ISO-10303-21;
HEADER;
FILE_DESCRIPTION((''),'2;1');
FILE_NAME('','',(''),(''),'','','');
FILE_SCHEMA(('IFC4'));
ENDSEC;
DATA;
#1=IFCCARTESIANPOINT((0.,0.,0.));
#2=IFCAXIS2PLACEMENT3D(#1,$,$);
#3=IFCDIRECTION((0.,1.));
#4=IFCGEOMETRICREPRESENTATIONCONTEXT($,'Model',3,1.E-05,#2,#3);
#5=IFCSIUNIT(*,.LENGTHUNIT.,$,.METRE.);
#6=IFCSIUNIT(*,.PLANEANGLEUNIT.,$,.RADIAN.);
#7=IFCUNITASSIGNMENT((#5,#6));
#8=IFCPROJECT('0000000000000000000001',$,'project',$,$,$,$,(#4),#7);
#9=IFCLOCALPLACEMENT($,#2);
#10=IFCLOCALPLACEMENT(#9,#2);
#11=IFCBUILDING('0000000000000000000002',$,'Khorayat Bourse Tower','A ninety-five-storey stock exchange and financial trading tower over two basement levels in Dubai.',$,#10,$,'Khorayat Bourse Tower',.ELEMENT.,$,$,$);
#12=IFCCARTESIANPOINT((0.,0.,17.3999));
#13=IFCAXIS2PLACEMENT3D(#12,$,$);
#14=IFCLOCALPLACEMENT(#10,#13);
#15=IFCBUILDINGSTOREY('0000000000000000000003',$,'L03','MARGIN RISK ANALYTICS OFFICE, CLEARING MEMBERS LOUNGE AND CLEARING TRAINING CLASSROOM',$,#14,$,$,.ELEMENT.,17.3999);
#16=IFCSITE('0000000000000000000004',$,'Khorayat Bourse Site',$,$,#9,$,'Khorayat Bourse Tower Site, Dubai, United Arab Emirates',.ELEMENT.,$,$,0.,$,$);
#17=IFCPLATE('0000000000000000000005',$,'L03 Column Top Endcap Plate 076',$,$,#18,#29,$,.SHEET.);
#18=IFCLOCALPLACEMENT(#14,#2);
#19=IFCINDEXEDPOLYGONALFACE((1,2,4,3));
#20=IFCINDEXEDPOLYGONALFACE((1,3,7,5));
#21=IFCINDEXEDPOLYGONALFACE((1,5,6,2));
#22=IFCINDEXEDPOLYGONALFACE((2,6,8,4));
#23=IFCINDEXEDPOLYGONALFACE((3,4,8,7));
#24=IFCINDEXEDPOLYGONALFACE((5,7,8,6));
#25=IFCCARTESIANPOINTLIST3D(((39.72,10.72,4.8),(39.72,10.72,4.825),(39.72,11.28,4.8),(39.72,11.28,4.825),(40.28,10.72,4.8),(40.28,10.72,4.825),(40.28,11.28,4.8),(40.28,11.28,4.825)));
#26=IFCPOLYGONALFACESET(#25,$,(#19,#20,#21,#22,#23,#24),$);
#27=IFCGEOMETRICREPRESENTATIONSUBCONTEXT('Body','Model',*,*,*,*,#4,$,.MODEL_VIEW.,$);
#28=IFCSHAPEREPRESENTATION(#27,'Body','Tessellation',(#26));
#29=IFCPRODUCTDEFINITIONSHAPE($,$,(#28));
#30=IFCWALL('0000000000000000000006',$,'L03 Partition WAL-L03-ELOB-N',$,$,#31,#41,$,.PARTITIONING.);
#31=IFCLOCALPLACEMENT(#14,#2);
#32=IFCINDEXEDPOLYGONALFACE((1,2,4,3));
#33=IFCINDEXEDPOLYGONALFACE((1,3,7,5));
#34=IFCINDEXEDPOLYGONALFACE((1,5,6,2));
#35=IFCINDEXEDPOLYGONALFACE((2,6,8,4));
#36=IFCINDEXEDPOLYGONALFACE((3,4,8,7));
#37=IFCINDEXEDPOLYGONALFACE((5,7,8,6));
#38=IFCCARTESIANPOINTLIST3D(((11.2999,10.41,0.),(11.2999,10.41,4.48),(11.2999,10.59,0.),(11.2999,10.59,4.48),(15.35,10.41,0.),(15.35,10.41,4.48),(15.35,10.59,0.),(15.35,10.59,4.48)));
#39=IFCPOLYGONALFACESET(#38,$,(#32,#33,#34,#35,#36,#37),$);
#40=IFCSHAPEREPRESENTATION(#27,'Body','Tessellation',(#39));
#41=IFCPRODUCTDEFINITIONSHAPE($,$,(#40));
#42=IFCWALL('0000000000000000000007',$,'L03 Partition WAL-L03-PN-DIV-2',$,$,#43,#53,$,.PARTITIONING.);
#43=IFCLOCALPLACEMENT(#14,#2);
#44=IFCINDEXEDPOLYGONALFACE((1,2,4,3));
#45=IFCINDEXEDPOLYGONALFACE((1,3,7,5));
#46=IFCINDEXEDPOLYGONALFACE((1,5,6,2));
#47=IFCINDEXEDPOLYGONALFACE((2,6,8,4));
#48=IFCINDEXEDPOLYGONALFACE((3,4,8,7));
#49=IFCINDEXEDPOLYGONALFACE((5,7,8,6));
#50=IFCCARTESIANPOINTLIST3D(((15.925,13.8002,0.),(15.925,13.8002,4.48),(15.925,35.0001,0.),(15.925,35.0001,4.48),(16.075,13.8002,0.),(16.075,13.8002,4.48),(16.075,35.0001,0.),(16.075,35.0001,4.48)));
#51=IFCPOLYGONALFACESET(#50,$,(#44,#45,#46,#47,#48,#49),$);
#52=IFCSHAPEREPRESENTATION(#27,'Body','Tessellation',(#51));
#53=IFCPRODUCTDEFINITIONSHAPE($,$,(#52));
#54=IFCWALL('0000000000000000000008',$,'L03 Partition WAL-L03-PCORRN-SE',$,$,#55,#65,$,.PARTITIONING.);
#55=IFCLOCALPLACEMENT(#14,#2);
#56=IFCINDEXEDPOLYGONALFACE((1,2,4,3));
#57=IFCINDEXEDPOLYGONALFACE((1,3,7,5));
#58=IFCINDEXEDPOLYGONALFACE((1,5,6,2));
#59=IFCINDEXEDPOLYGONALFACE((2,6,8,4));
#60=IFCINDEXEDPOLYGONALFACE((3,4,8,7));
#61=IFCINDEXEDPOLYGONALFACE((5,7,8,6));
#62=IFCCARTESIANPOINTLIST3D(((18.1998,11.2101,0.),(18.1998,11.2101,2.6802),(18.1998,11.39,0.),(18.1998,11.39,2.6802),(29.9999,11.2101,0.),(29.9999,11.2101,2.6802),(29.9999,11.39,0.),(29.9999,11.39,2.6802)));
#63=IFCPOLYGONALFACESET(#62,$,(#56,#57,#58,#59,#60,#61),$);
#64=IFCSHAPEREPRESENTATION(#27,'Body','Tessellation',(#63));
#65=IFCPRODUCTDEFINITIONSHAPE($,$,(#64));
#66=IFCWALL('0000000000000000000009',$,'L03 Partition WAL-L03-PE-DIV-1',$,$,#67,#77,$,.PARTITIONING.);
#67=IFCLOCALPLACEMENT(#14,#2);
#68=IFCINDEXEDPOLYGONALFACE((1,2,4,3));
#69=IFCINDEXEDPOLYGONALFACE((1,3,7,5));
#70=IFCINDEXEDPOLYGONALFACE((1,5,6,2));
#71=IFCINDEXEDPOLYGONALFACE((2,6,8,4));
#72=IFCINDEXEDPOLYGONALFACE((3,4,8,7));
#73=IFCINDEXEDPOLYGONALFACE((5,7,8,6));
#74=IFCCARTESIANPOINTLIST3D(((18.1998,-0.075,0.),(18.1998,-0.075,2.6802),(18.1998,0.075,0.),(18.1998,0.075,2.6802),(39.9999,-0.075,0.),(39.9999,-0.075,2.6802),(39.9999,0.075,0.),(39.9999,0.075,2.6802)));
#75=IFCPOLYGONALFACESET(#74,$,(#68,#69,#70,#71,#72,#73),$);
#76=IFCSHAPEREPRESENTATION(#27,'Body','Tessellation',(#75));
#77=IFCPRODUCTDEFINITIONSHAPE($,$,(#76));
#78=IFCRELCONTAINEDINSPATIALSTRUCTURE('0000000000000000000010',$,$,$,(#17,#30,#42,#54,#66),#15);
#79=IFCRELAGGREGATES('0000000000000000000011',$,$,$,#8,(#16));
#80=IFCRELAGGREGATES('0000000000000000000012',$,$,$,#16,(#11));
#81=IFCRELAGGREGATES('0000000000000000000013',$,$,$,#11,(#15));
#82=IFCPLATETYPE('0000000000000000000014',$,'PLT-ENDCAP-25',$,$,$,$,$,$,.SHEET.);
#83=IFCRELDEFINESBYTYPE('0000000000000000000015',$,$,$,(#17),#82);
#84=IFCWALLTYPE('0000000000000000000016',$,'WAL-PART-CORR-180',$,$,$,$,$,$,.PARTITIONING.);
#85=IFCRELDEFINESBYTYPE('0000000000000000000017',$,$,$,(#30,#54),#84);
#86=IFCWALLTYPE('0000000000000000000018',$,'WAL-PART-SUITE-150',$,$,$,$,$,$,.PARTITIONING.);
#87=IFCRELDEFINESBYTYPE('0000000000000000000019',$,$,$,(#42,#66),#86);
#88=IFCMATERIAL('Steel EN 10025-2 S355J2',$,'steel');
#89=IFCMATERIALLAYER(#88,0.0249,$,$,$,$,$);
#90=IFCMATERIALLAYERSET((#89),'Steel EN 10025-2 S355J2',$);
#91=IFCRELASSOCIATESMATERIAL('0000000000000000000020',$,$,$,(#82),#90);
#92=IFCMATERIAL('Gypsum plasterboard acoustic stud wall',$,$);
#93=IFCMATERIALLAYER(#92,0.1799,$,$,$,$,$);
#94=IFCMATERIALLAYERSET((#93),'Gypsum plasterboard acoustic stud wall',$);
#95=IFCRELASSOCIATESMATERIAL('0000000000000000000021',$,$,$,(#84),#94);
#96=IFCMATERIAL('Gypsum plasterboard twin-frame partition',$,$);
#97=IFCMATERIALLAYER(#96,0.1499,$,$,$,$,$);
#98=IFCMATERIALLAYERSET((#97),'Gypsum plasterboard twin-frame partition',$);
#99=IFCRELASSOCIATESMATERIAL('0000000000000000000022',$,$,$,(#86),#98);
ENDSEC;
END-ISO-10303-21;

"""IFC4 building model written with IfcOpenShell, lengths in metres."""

from ifc_helpers import new_model, si_unit, direction, frame, frame_2d, origin, origin_2d, place, context, subcontext, project, spatial, rectangle, extrude, source, transform, mapped, material, layer, layer_set, type_object, element, save


model = new_model("IFC4")

# Units and contexts
model_context = context("Model", 3, precision=1e-05, world=origin(), true_north=direction((0.0, 1.0)))
body_context = subcontext(model_context, "Body", "Model", "MODEL_VIEW")
ifc_project = project(units=[si_unit("LENGTHUNIT", "METRE"), si_unit("PLANEANGLEUNIT", "RADIAN")], contexts=[model_context])

# Site, building, storey
site_placement = place(None, origin())
site = spatial("IfcSite", under=ifc_project, at=site_placement, Name="Khorayat Bourse Site", LongName="Khorayat Bourse Tower Site, Dubai, United Arab Emirates", CompositionType="ELEMENT", RefElevation=0.0)
building_placement = place(site_placement, origin())
building = spatial("IfcBuilding", under=site, at=building_placement, Name="Khorayat Bourse Tower", Description="A ninety-five-storey stock exchange and financial trading tower over two basement levels in Dubai.", LongName="Khorayat Bourse Tower", CompositionType="ELEMENT")
storey_placement = place(building_placement, frame((0.0, 0.0, 17.3999)))
storey = spatial("IfcBuildingStorey", under=building, at=storey_placement, Name="L03", Description="MARGIN RISK ANALYTICS OFFICE, CLEARING MEMBERS LOUNGE AND CLEARING TRAINING CLASSROOM", CompositionType="ELEMENT", Elevation=17.3999)

# Shared definitions
ifc_material_1 = material(Name="Steel EN 10025-2 S355J2", Category="steel")

# Plate
ifc_layer_1 = layer(ifc_material_1, 0.0249)
ifc_layer_set_1 = layer_set([ifc_layer_1], Name="Steel EN 10025-2 S355J2")
plate_type = type_object("IfcPlateType", Name="PLT-ENDCAP-25", PredefinedType="SHEET", material=ifc_layer_set_1)
shared_shape_1 = source(origin(), body_context, "Body", "SweptSolid", [
    extrude(rectangle(XDim=0.5601, YDim=0.5601, at=origin_2d()), origin(), (0.0, 0.0, 1.0), 0.0249),
])
plate_placement = place(storey_placement, frame((40.0, 11.0, 4.8), z_axis=(0.0, 0.0, 1.0), x_axis=(1.0, 0.0, 0.0)))
element("IfcPlate", 1, at=plate_placement, inside=storey, type_object=plate_type, Name="L03 Column Top Endcap Plate 076", PredefinedType="SHEET", context=body_context, shape_type="MappedRepresentation", body=[
    mapped(shared_shape_1, transform((0.0, 0.0, 0.0), scale=1.0)),
])

# Walls
ifc_material_2 = material(Name="Gypsum plasterboard acoustic stud wall")
ifc_layer_2 = layer(ifc_material_2, 0.1799)
ifc_layer_set_2 = layer_set([ifc_layer_2], Name="Gypsum plasterboard acoustic stud wall")
wall_type_1 = type_object("IfcWallType", Name="WAL-PART-CORR-180", PredefinedType="PARTITIONING", material=ifc_layer_set_2)
shared_shape_2 = source(origin(), body_context, "Body", "SweptSolid", [
    extrude(rectangle(XDim=4.05, YDim=0.1799, at=frame_2d((2.0249, 0.0))), origin(), (0.0, 0.0, 1.0), 4.48),
])
wall_1_placement = place(storey_placement, frame((11.3, 10.5, 0.0), z_axis=(0.0, 0.0, 1.0), x_axis=(1.0, 0.0, 0.0)))
element("IfcWall", 2, at=wall_1_placement, inside=storey, type_object=wall_type_1, Name="L03 Partition WAL-L03-ELOB-N", PredefinedType="PARTITIONING", context=body_context, shape_type="MappedRepresentation", body=[
    mapped(shared_shape_2, transform((0.0, 0.0, 0.0), scale=1.0)),
])
ifc_material_3 = material(Name="Gypsum plasterboard twin-frame partition")
ifc_layer_3 = layer(ifc_material_3, 0.1499)
ifc_layer_set_3 = layer_set([ifc_layer_3], Name="Gypsum plasterboard twin-frame partition")
wall_type_2 = type_object("IfcWallType", Name="WAL-PART-SUITE-150", PredefinedType="PARTITIONING", material=ifc_layer_set_3)
shared_shape_3 = source(origin(), body_context, "Body", "SweptSolid", [
    extrude(rectangle(XDim=21.2, YDim=0.1499, at=frame_2d((10.6001, 0.0))), origin(), (0.0, 0.0, 1.0), 4.48),
])
wall_2_placement = place(storey_placement, frame((16.0, 13.8, 0.0), z_axis=(0.0, 0.0, 1.0), x_axis=(0.0, 1.0, 0.0)))
element("IfcWall", 3, at=wall_2_placement, inside=storey, type_object=wall_type_2, Name="L03 Partition WAL-L03-PN-DIV-2", PredefinedType="PARTITIONING", context=body_context, shape_type="MappedRepresentation", body=[
    mapped(shared_shape_3, transform((0.0, 0.0, 0.0), scale=1.0)),
])
shared_shape_4 = source(origin(), body_context, "Body", "SweptSolid", [
    extrude(rectangle(XDim=11.8, YDim=0.1799, at=frame_2d((5.8999, 0.0))), origin(), (0.0, 0.0, 1.0), 2.6802),
])
wall_3_placement = place(storey_placement, frame((18.2, 11.3, 0.0), z_axis=(0.0, 0.0, 1.0), x_axis=(1.0, 0.0, 0.0)))
element("IfcWall", 4, at=wall_3_placement, inside=storey, type_object=wall_type_1, Name="L03 Partition WAL-L03-PCORRN-SE", PredefinedType="PARTITIONING", context=body_context, shape_type="MappedRepresentation", body=[
    mapped(shared_shape_4, transform((0.0, 0.0, 0.0), scale=1.0)),
])
shared_shape_5 = source(origin(), body_context, "Body", "SweptSolid", [
    extrude(rectangle(XDim=21.8, YDim=0.1499, at=frame_2d((10.8999, 0.0))), origin(), (0.0, 0.0, 1.0), 2.6802),
])
wall_4_placement = place(storey_placement, frame((18.2, 0.0, 0.0), z_axis=(0.0, 0.0, 1.0), x_axis=(1.0, 0.0, 0.0)))
element("IfcWall", 5, at=wall_4_placement, inside=storey, type_object=wall_type_2, Name="L03 Partition WAL-L03-PE-DIV-1", PredefinedType="PARTITIONING", context=body_context, shape_type="MappedRepresentation", body=[
    mapped(shared_shape_5, transform((0.0, 0.0, 0.0), scale=1.0)),
])

save(model, "model.ifc")
